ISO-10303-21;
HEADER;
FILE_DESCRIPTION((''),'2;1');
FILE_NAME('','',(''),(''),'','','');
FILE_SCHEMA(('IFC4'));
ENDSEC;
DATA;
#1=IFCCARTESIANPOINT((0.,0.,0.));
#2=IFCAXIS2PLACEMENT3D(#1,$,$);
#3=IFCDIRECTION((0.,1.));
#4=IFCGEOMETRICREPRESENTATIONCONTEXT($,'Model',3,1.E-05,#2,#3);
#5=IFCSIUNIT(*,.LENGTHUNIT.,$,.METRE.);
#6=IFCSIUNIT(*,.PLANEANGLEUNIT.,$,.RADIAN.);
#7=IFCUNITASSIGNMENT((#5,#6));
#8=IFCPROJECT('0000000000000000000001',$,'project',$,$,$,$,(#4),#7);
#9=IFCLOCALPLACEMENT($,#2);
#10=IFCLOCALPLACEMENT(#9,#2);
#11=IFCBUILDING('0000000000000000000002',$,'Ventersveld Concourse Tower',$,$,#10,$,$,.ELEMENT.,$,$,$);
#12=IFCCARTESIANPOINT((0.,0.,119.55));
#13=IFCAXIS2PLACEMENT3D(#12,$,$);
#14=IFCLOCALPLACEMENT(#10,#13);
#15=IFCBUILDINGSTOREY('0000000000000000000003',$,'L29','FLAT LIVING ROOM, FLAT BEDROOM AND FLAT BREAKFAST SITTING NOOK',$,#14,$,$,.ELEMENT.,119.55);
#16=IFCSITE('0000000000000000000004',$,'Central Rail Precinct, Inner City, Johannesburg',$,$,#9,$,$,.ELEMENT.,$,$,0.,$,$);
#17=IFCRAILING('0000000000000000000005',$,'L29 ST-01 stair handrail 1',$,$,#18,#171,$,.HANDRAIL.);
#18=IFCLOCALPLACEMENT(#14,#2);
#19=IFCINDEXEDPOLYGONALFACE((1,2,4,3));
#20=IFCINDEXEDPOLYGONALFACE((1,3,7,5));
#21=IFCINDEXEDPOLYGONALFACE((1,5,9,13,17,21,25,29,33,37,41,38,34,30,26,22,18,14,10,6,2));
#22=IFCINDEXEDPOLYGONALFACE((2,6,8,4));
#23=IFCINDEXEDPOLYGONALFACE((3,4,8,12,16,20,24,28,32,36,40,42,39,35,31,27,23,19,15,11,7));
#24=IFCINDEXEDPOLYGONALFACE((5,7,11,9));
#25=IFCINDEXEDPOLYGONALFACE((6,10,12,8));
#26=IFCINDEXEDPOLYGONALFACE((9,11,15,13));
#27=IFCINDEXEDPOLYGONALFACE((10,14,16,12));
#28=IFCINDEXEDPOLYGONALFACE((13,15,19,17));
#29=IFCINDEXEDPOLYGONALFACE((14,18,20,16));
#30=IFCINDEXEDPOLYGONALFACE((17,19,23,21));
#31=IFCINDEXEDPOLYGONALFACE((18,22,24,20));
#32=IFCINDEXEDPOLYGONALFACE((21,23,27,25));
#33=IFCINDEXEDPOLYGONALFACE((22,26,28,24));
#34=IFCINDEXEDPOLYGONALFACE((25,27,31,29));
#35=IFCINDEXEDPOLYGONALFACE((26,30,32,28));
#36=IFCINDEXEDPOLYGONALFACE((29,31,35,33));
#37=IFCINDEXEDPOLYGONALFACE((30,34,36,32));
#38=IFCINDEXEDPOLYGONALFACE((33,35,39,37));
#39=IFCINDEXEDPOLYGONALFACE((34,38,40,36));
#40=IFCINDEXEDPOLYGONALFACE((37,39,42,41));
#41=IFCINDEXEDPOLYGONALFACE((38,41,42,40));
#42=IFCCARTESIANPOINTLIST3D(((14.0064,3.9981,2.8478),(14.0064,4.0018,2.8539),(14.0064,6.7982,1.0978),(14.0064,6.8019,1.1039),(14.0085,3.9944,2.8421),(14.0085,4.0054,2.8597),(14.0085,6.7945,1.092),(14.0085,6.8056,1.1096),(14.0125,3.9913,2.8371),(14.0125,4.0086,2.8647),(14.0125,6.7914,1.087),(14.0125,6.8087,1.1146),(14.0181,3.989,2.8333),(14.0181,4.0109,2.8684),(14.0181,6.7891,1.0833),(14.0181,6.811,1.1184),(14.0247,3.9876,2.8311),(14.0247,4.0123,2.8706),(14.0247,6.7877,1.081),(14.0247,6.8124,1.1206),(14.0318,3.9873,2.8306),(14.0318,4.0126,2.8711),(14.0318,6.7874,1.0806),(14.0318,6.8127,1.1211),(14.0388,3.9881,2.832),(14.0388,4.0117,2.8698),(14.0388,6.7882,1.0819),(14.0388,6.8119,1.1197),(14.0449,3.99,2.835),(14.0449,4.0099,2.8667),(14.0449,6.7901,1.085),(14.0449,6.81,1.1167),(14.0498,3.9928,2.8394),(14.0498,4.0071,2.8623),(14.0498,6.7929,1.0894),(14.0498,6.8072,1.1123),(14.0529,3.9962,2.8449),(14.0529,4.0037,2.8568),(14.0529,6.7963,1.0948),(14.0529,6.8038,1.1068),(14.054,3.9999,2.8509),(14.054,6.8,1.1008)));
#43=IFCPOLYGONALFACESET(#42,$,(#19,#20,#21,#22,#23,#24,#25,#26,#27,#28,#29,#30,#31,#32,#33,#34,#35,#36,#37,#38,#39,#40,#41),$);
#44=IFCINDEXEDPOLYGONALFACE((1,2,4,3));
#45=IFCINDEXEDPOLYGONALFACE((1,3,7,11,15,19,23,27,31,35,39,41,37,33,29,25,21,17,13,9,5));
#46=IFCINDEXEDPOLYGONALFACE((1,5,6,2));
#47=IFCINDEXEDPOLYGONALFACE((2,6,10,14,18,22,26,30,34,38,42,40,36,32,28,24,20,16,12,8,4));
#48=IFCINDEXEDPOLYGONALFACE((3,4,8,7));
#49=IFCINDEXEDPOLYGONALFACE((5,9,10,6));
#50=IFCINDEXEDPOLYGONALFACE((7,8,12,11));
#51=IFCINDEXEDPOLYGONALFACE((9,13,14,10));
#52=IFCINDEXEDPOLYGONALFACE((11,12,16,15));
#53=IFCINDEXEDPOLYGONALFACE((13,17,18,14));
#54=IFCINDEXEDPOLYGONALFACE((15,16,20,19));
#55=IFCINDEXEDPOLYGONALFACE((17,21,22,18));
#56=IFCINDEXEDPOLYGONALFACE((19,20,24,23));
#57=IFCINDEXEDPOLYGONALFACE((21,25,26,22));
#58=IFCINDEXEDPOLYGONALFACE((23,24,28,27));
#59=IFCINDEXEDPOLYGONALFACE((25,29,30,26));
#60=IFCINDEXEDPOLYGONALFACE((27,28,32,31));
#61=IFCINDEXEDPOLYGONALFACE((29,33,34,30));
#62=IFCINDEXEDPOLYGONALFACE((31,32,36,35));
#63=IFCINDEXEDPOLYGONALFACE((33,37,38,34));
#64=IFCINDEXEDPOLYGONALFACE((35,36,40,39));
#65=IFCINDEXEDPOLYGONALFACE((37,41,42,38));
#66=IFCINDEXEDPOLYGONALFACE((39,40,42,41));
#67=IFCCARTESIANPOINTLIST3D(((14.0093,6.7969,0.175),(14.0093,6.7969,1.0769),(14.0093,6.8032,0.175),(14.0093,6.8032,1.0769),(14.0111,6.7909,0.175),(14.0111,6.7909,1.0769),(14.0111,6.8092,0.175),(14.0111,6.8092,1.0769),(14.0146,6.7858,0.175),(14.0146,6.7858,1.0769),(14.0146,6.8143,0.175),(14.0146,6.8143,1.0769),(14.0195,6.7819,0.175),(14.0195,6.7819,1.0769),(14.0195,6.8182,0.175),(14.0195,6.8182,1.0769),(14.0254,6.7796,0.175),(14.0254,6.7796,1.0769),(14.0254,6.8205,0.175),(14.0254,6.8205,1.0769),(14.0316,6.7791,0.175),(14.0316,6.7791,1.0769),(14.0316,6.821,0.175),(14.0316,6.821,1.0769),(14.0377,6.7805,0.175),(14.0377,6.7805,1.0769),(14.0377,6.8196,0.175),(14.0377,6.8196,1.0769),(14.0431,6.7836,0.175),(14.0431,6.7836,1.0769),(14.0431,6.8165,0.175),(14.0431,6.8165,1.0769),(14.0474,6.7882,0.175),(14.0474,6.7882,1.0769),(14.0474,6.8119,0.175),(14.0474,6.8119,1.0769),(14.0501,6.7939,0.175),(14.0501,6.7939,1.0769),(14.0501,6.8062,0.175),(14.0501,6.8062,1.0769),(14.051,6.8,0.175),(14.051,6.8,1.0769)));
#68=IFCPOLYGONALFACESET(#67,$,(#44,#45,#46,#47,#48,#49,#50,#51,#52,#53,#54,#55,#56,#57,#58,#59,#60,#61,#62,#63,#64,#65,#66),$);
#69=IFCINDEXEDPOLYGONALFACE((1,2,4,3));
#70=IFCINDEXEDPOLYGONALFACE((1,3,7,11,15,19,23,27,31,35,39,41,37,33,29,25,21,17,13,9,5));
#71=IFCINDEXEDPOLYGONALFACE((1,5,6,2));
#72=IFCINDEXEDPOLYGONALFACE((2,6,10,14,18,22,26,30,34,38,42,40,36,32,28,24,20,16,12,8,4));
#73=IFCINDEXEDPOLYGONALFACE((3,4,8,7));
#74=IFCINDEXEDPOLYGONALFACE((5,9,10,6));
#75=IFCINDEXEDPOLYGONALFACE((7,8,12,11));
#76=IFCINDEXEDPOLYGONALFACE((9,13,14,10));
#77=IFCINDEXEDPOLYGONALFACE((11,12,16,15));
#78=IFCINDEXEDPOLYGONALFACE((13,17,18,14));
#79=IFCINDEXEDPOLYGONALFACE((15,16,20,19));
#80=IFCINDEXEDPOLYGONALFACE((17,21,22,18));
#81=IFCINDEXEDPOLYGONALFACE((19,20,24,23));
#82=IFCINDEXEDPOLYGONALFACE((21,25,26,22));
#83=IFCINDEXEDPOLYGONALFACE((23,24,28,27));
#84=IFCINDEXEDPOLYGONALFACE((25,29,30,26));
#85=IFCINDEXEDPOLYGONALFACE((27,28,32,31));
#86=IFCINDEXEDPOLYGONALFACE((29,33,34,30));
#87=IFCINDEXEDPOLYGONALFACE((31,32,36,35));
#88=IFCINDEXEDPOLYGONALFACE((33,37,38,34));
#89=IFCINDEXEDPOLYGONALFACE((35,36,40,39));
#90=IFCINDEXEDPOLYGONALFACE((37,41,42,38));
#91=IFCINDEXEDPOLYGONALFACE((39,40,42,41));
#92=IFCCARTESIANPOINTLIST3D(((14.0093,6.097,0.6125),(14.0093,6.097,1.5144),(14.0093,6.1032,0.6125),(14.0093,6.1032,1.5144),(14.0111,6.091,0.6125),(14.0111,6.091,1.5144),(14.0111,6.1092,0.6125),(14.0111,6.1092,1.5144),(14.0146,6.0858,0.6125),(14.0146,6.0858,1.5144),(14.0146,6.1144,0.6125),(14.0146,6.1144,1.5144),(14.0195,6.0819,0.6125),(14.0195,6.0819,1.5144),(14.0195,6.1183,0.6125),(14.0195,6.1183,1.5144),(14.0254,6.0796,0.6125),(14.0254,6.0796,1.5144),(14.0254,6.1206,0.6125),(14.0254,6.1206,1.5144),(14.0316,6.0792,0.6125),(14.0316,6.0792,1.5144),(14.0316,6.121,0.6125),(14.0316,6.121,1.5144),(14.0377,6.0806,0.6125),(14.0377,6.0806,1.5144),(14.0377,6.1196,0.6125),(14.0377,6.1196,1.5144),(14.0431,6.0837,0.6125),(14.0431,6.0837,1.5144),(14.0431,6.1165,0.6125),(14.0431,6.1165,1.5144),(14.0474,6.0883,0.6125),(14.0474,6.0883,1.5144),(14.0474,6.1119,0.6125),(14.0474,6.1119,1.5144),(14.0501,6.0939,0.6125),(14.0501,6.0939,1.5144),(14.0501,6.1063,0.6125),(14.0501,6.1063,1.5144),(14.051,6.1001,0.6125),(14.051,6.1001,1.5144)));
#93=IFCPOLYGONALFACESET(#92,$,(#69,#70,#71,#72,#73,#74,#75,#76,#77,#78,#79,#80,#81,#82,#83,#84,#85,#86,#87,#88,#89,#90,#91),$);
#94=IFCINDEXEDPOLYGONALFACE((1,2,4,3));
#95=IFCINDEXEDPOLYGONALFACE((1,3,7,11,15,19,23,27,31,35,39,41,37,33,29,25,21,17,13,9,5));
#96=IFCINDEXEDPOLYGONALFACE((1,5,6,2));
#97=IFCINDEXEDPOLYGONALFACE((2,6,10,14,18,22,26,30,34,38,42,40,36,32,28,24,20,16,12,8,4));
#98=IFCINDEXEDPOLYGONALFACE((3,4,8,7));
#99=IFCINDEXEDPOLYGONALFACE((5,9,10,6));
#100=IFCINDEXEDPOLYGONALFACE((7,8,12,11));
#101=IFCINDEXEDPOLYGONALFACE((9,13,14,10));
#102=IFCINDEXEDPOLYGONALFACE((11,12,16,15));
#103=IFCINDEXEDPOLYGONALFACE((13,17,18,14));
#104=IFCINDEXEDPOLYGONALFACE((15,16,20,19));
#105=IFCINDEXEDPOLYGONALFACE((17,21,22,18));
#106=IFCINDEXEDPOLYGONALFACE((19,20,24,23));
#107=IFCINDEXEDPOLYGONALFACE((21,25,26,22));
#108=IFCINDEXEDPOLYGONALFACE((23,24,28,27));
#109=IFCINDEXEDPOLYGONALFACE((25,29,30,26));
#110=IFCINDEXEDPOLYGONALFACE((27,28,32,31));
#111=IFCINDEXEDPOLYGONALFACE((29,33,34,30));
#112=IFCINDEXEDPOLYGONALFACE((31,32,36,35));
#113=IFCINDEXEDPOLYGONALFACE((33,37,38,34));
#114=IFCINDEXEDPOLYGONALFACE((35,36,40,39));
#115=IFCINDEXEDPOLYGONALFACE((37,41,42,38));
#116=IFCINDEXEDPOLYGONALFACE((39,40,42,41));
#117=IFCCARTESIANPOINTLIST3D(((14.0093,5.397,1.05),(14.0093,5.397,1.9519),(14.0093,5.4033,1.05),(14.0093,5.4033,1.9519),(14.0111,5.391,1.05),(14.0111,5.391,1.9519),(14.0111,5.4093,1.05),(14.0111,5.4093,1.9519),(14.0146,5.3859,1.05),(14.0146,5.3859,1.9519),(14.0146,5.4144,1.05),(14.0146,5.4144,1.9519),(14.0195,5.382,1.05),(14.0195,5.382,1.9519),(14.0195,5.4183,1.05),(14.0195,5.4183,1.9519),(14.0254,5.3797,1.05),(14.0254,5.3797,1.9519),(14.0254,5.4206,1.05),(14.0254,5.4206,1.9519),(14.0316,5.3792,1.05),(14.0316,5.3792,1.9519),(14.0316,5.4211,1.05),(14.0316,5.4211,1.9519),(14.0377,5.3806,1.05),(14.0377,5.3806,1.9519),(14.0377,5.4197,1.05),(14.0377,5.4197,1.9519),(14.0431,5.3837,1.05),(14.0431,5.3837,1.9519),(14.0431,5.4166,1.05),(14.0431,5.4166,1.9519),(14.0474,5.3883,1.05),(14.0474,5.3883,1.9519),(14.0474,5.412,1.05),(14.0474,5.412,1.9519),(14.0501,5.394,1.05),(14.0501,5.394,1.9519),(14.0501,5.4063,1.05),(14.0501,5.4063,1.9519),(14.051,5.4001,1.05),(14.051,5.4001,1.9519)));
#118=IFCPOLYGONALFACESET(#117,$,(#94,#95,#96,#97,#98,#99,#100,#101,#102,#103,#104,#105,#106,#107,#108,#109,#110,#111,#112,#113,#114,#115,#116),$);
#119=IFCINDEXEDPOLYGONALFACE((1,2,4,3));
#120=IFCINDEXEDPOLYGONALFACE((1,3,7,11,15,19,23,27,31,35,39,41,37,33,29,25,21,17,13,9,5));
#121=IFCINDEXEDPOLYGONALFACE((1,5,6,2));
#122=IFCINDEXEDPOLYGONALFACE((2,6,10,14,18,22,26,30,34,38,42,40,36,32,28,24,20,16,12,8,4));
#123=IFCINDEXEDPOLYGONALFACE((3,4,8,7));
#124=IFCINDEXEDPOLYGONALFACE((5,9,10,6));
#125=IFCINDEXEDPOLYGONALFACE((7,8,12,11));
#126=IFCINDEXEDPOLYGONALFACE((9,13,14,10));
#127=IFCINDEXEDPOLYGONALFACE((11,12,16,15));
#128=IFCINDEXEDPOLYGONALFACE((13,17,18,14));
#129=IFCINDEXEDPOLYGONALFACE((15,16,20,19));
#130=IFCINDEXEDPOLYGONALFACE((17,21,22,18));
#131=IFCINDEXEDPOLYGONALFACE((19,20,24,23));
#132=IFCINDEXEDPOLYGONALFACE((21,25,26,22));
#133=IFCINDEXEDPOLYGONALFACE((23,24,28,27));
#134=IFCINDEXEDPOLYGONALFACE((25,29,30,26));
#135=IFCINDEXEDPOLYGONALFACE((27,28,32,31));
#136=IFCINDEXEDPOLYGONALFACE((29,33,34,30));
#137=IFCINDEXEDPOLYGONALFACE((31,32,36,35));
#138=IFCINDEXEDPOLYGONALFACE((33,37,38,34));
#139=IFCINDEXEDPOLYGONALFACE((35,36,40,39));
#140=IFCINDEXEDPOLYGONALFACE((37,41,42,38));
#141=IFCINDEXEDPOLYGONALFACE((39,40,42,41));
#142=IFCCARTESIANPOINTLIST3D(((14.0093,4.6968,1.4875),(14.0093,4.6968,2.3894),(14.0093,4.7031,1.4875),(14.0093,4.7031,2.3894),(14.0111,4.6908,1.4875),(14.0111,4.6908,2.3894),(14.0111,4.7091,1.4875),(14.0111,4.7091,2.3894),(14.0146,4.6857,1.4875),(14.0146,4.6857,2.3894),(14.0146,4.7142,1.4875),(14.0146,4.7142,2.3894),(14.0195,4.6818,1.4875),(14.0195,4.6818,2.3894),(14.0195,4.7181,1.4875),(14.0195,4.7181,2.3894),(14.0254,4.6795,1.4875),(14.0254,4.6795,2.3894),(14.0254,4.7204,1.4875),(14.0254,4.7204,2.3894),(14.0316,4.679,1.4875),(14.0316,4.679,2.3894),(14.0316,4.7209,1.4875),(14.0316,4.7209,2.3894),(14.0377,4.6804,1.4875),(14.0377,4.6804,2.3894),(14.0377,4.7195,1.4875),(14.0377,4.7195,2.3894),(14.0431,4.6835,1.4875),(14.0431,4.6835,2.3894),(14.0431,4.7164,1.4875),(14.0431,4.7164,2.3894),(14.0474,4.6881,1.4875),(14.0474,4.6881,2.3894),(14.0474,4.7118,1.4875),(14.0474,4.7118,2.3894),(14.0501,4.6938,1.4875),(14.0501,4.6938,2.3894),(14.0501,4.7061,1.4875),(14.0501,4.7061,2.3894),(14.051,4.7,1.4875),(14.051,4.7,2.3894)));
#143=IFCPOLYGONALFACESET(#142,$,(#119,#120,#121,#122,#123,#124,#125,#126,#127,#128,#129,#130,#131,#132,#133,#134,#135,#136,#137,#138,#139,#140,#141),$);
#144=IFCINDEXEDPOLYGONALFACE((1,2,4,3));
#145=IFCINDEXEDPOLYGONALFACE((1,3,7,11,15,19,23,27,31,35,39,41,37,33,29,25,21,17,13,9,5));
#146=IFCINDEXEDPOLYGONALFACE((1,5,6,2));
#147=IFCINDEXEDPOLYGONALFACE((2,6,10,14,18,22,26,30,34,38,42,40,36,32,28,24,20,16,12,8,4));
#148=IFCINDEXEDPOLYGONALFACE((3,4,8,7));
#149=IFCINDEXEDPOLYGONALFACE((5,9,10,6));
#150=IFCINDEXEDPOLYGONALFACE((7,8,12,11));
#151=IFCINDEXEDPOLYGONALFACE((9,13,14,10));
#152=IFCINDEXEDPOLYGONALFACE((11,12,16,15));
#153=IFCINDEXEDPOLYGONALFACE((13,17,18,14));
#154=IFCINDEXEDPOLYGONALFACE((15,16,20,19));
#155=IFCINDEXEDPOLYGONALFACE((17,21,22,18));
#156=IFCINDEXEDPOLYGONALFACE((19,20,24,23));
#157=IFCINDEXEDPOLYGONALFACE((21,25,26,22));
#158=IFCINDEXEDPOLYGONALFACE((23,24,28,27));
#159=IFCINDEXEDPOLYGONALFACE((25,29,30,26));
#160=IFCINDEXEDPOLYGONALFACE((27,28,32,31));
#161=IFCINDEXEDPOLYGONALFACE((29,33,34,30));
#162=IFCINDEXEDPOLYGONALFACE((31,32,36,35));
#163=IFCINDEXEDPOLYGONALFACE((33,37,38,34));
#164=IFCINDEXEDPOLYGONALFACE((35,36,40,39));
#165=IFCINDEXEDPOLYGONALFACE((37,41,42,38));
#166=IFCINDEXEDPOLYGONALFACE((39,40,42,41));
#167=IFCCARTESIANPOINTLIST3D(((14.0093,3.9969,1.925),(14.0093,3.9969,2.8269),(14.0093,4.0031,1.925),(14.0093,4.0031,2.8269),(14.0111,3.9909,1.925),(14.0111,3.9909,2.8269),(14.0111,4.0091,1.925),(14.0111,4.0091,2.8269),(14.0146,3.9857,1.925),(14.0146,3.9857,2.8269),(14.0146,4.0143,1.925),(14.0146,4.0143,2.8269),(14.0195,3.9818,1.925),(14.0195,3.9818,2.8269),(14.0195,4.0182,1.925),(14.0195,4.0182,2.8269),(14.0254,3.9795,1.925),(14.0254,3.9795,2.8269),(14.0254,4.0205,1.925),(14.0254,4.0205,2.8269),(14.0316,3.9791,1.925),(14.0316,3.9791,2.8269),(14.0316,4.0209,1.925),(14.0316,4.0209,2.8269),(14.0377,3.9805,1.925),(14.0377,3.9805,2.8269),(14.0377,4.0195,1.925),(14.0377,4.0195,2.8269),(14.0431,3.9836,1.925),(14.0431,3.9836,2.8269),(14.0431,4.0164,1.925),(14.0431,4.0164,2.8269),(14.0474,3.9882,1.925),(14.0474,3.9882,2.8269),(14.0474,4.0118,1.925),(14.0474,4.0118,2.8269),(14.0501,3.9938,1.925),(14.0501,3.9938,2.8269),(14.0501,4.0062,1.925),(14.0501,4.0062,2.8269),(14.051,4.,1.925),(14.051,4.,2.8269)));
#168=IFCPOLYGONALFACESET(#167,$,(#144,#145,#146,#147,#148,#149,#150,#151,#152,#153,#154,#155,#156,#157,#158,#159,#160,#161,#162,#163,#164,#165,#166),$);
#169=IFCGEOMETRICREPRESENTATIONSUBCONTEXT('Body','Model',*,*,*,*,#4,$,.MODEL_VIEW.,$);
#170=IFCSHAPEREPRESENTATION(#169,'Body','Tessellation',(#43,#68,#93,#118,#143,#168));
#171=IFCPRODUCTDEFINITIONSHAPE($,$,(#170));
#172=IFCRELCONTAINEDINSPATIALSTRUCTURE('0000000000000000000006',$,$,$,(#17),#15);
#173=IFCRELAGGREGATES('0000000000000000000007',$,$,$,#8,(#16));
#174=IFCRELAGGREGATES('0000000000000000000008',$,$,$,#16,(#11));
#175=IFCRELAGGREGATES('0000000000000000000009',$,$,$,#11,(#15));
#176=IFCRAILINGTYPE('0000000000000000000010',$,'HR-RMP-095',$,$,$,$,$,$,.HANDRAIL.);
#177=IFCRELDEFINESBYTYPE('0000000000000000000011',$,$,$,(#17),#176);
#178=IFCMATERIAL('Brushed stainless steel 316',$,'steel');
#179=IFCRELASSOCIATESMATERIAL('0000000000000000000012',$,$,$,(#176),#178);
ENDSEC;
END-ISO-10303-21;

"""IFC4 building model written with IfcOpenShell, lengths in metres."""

from ifc_helpers import new_model, si_unit, direction, frame, origin, origin_2d, place, context, subcontext, project, spatial, circle, extrude, material, type_object, element, save


model = new_model("IFC4")

# Units and contexts
model_context = context("Model", 3, precision=1e-05, world=origin(), true_north=direction((0.0, 1.0)))
body_context = subcontext(model_context, "Body", "Model", "MODEL_VIEW")
ifc_project = project(units=[si_unit("LENGTHUNIT", "METRE"), si_unit("PLANEANGLEUNIT", "RADIAN")], contexts=[model_context])

# Site, building, storey
site_placement = place(None, origin())
site = spatial("IfcSite", under=ifc_project, at=site_placement, Name="Central Rail Precinct, Inner City, Johannesburg", CompositionType="ELEMENT", RefElevation=0.0)
building_placement = place(site_placement, origin())
building = spatial("IfcBuilding", under=site, at=building_placement, Name="Ventersveld Concourse Tower", CompositionType="ELEMENT")
storey_placement = place(building_placement, frame((0.0, 0.0, 119.55)))
storey = spatial("IfcBuildingStorey", under=building, at=storey_placement, Name="L29", Description="FLAT LIVING ROOM, FLAT BEDROOM AND FLAT BREAKFAST SITTING NOOK", CompositionType="ELEMENT", Elevation=119.55)

# Railing
ifc_material_1 = material(Name="Brushed stainless steel 316", Category="steel")
railing_type_1 = type_object("IfcRailingType", Name="HR-RMP-095", PredefinedType="HANDRAIL", material=ifc_material_1)
railing_1_placement = place(storey_placement, frame((14.03, 6.8, 0.175)))
element("IfcRailing", 1, at=railing_1_placement, inside=storey, type_object=railing_type_1, Name="L29 ST-01 stair handrail 1", PredefinedType="HANDRAIL", context=body_context, shape_type="SweptSolid", body=[
    extrude(circle(Radius=0.0239, at=origin_2d()), frame((0.0, 0.0, 0.9258), z_axis=(0.0, -0.848002, 0.529992), x_axis=(1.0, 0.0, 0.0)), (0.0, 0.0, 1.0), 3.302),
    extrude(circle(Radius=0.021, at=origin_2d()), origin(), (0.0, 0.0, 1.0), 0.9019),
    extrude(circle(Radius=0.021, at=origin_2d()), frame((0.0, -0.7, 0.4375)), (0.0, 0.0, 1.0), 0.9019),
    extrude(circle(Radius=0.021, at=origin_2d()), frame((0.0, -1.3999, 0.875)), (0.0, 0.0, 1.0), 0.9019),
    extrude(circle(Radius=0.021, at=origin_2d()), frame((0.0, -2.1001, 1.3125)), (0.0, 0.0, 1.0), 0.9019),
    extrude(circle(Radius=0.021, at=origin_2d()), frame((0.0, -2.8, 1.75)), (0.0, 0.0, 1.0), 0.9019),
])

save(model, "model.ifc")
